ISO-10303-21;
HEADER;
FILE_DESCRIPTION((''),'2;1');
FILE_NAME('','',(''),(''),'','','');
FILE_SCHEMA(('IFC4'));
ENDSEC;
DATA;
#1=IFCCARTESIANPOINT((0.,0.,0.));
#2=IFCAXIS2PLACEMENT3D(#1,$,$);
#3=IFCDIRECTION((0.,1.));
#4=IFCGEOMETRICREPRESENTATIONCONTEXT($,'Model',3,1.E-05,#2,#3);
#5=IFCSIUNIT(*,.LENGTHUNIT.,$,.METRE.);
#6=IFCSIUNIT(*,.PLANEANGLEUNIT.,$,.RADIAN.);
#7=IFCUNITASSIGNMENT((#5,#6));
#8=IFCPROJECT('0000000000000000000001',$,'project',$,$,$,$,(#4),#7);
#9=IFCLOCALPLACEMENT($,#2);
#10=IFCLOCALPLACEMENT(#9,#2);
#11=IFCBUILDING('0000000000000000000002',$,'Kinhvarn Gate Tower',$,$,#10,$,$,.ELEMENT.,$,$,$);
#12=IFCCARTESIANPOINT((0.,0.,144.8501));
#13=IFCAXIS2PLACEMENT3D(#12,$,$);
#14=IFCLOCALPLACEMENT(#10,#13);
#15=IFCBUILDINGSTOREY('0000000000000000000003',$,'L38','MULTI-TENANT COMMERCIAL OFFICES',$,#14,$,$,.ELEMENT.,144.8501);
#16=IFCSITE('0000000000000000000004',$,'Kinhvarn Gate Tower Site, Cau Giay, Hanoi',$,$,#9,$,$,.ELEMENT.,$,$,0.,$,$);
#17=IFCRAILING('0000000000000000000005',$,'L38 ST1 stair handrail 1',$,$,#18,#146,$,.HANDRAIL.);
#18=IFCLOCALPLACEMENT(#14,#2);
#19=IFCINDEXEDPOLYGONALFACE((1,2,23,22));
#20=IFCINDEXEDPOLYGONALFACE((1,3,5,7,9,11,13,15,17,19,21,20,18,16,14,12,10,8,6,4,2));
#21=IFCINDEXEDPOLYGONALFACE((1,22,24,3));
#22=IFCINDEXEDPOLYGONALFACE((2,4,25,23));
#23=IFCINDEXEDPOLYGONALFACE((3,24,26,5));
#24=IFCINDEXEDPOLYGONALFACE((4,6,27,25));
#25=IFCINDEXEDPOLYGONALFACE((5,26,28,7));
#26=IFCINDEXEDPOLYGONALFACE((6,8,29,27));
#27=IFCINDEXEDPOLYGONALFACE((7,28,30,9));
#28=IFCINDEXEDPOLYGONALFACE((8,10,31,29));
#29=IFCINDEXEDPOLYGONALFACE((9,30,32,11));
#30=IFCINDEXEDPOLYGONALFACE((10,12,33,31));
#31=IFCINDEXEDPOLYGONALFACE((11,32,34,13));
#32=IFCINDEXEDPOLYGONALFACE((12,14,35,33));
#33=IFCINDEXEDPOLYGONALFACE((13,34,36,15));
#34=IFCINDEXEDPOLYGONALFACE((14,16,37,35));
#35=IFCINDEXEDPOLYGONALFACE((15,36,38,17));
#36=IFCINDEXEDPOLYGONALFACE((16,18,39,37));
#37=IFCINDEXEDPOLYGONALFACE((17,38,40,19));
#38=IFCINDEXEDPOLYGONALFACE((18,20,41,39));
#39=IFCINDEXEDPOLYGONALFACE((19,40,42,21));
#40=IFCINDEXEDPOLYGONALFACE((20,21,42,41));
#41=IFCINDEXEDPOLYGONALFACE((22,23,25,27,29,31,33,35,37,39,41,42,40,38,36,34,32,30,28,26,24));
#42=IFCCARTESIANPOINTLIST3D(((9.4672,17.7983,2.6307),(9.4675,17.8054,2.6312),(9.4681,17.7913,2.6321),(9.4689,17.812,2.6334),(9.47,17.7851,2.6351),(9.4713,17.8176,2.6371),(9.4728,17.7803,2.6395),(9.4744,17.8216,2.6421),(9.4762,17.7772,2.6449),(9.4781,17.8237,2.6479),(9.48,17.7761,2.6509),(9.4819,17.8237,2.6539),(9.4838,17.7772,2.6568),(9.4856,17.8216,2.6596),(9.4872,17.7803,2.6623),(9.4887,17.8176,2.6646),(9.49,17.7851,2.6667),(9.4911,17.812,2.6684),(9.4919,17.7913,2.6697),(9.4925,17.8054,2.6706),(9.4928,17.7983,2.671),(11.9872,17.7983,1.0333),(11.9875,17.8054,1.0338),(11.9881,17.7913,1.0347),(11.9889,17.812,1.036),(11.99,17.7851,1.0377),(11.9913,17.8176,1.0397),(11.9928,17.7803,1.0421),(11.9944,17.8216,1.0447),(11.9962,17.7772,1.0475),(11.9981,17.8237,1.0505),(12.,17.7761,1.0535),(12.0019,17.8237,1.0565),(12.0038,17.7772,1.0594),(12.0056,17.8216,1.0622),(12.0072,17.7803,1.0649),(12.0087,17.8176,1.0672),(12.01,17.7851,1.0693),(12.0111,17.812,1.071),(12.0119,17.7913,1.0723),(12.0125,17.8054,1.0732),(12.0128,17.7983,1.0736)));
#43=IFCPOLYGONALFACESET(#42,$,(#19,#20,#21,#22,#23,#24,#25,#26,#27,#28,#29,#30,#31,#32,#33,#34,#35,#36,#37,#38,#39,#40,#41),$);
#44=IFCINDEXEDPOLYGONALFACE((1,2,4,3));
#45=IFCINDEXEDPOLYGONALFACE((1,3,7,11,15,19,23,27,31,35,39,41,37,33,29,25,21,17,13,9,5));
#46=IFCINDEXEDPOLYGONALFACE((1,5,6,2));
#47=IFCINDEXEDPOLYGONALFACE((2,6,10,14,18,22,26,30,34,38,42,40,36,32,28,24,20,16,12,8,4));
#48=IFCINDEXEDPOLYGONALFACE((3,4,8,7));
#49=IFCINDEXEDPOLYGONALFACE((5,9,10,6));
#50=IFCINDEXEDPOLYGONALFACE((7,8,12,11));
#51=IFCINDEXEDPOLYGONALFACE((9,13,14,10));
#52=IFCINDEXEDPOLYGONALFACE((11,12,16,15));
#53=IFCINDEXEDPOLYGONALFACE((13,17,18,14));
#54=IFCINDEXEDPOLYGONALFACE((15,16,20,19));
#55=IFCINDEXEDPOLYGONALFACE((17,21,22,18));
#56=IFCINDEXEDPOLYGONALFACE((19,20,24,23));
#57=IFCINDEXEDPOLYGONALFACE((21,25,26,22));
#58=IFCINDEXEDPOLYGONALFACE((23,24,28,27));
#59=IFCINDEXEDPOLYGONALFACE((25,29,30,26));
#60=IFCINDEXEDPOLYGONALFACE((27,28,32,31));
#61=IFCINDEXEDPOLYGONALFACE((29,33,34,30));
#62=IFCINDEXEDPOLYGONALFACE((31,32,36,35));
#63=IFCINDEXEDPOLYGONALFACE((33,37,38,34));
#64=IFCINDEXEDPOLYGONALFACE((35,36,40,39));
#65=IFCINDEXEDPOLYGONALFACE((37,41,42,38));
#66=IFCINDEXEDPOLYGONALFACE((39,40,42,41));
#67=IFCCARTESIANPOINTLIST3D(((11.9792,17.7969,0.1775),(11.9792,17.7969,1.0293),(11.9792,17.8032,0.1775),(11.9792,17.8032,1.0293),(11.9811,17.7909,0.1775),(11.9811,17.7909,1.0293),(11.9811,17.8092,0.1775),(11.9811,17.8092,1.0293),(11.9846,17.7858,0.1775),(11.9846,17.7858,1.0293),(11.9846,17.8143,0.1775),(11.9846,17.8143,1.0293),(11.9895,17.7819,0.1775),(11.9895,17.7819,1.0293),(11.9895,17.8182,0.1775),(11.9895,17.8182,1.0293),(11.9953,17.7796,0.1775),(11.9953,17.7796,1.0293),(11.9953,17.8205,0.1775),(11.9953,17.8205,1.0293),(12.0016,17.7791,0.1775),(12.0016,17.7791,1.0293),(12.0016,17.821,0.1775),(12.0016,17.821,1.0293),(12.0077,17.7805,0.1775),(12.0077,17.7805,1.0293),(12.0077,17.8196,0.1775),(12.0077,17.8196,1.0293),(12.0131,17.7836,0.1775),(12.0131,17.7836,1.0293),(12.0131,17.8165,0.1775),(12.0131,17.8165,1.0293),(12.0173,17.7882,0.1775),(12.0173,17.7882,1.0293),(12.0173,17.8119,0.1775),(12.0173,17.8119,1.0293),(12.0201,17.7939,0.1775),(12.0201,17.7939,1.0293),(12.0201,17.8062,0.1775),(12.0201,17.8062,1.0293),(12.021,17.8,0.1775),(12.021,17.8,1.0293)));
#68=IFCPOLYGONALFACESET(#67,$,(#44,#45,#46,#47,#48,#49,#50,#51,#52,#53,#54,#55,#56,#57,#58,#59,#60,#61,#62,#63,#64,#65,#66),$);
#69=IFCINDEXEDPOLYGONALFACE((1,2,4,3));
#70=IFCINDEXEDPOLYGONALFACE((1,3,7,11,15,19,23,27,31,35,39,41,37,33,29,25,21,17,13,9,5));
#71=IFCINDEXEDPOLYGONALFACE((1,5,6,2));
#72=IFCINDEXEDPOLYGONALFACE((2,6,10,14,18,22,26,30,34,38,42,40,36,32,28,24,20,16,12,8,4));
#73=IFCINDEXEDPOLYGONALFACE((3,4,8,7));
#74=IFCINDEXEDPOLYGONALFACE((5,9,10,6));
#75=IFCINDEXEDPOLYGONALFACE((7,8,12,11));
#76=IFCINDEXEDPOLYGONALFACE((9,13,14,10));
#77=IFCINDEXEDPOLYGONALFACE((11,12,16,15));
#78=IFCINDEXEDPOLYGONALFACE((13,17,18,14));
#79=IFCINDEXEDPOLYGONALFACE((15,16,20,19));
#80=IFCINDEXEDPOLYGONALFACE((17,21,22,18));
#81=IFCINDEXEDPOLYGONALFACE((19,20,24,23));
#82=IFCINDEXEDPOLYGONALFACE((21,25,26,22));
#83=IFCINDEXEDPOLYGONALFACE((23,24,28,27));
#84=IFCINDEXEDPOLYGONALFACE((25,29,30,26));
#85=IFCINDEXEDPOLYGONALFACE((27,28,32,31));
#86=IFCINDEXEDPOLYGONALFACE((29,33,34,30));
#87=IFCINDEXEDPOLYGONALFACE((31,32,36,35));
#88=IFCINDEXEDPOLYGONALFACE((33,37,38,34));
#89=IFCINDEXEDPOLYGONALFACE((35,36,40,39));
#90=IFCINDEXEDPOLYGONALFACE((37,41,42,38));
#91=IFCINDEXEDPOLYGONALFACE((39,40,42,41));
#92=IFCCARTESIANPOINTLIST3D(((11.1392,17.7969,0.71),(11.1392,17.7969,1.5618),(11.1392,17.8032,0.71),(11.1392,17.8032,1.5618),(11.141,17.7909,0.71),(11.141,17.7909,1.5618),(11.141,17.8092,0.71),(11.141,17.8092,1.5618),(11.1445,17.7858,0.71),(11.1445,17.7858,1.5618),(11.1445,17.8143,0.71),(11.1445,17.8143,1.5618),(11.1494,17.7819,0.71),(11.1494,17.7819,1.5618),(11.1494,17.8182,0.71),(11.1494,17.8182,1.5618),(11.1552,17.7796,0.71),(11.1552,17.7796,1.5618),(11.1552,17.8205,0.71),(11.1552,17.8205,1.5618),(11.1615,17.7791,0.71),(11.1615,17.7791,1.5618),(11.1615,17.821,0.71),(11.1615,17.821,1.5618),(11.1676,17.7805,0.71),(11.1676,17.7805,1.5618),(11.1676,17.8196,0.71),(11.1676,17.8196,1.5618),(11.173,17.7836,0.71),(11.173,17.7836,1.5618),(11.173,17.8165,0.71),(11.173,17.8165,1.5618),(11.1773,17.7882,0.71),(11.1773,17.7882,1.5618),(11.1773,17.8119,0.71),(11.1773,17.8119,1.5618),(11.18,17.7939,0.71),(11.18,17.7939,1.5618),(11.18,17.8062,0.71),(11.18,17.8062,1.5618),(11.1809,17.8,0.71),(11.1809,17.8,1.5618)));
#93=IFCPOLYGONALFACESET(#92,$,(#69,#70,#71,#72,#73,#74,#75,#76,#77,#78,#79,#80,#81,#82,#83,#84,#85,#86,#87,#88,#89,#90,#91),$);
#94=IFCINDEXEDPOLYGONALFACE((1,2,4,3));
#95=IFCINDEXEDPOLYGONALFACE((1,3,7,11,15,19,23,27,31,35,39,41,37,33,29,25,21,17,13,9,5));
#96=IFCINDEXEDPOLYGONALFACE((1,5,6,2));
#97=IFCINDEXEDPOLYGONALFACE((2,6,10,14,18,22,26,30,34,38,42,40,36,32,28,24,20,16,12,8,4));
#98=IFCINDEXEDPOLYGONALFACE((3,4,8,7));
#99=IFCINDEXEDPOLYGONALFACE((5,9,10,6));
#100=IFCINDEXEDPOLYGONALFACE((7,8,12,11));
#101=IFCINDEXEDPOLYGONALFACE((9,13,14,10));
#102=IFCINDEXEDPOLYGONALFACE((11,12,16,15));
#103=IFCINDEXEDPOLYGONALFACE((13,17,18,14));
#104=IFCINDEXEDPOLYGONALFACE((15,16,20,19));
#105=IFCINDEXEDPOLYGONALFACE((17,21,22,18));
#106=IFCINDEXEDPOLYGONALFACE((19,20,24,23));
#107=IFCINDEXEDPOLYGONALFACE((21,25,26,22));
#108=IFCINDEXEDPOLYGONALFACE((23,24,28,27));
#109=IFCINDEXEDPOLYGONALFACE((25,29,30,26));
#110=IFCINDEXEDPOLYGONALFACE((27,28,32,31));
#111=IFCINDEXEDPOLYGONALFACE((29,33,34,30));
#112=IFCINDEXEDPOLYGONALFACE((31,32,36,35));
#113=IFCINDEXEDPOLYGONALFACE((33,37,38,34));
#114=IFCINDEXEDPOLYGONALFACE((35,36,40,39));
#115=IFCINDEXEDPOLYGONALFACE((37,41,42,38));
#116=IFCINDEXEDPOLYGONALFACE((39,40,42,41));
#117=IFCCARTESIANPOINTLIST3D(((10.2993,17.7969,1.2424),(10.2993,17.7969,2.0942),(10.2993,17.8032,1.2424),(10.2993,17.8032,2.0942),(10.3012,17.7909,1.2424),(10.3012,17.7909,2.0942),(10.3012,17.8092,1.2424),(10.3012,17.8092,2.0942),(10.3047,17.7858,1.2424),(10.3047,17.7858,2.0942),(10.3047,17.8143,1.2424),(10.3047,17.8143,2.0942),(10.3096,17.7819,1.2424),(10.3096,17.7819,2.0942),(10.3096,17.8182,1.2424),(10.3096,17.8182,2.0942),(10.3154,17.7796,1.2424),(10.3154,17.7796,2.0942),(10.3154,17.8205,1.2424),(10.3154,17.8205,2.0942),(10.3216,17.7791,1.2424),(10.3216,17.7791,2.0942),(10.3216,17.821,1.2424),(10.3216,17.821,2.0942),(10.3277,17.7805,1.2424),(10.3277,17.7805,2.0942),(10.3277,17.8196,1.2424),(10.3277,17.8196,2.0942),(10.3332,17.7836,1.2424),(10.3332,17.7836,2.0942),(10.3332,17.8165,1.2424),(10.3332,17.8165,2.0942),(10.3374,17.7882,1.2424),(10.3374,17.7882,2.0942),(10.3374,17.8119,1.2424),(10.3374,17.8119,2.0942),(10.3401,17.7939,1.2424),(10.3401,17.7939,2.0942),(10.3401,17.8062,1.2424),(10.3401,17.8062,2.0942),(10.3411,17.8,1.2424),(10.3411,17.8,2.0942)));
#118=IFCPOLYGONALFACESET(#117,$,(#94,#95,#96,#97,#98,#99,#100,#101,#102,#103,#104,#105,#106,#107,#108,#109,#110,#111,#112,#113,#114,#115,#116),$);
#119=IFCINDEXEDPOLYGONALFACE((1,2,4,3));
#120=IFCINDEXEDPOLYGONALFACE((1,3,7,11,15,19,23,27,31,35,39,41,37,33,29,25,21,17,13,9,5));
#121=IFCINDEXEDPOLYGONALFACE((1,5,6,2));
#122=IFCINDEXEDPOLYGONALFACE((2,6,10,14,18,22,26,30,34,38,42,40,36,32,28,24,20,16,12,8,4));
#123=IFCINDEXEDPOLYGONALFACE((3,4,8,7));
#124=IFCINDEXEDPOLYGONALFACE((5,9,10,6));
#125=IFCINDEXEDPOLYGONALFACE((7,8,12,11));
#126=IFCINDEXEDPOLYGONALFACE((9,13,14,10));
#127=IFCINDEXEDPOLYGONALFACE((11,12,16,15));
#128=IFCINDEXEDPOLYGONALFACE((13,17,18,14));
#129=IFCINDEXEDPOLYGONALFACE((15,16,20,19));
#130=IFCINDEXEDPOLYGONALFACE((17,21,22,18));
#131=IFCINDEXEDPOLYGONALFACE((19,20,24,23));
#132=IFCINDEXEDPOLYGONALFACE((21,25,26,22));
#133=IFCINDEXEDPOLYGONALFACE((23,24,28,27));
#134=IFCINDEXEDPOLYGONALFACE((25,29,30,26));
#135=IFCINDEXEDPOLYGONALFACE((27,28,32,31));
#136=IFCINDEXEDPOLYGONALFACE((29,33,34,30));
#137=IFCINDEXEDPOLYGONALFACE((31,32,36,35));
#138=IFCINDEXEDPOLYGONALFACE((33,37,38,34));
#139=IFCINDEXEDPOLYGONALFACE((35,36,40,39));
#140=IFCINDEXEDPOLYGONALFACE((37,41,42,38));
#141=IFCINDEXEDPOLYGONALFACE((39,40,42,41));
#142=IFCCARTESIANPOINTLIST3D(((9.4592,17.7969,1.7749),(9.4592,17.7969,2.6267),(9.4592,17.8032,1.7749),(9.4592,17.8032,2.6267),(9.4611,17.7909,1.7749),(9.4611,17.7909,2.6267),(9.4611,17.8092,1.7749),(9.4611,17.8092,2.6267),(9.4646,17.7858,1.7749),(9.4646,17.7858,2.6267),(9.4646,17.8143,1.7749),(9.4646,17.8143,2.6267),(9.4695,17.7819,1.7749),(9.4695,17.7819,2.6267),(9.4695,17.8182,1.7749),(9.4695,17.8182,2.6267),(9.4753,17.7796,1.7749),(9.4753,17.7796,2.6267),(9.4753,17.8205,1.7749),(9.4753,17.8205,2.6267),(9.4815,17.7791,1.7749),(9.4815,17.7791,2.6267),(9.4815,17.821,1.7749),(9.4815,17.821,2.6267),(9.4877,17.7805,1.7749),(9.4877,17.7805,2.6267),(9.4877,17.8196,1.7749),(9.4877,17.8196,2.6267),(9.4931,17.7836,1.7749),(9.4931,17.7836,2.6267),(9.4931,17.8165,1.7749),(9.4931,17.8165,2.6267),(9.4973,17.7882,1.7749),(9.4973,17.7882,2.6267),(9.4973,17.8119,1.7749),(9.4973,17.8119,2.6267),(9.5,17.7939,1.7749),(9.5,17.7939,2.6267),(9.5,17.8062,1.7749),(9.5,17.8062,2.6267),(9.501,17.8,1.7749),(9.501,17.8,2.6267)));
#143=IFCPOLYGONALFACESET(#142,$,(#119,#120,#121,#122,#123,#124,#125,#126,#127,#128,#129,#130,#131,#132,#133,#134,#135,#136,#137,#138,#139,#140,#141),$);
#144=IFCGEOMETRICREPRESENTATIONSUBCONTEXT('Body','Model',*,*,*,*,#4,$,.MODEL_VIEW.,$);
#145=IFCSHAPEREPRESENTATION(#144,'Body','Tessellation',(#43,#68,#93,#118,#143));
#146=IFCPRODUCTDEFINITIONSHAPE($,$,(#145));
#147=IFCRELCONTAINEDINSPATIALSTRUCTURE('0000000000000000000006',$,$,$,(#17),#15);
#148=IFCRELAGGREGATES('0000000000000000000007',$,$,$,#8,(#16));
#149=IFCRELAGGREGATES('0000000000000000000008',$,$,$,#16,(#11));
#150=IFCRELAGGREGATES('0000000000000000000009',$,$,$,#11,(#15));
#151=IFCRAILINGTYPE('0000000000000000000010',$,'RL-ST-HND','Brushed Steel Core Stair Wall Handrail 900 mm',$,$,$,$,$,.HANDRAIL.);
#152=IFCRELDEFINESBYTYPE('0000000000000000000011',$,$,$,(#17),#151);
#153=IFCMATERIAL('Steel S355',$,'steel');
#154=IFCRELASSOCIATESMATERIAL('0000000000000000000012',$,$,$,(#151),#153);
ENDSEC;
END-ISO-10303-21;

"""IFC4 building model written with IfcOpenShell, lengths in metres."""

from ifc_helpers import new_model, si_unit, direction, frame, origin, origin_2d, place, context, subcontext, project, spatial, circle, extrude, material, type_object, element, save


model = new_model("IFC4")

# Units and contexts
model_context = context("Model", 3, precision=1e-05, world=origin(), true_north=direction((0.0, 1.0)))
body_context = subcontext(model_context, "Body", "Model", "MODEL_VIEW")
ifc_project = project(units=[si_unit("LENGTHUNIT", "METRE"), si_unit("PLANEANGLEUNIT", "RADIAN")], contexts=[model_context])

# Site, building, storey
site_placement = place(None, origin())
site = spatial("IfcSite", under=ifc_project, at=site_placement, Name="Kinhvarn Gate Tower Site, Cau Giay, Hanoi", CompositionType="ELEMENT", RefElevation=0.0)
building_placement = place(site_placement, origin())
building = spatial("IfcBuilding", under=site, at=building_placement, Name="Kinhvarn Gate Tower", CompositionType="ELEMENT")
storey_placement = place(building_placement, frame((0.0, 0.0, 144.8501)))
storey = spatial("IfcBuildingStorey", under=building, at=storey_placement, Name="L38", Description="MULTI-TENANT COMMERCIAL OFFICES", CompositionType="ELEMENT", Elevation=144.8501)

# Shared definitions
ifc_material_1 = material(Name="Steel S355", Category="steel")

# Railing
railing_type_1 = type_object("IfcRailingType", Name="RL-ST-HND", Description="Brushed Steel Core Stair Wall Handrail 900 mm", PredefinedType="HANDRAIL", material=ifc_material_1)
railing_1_placement = place(storey_placement, frame((12.0, 17.8, 0.1775)))
element("IfcRailing", 1, at=railing_1_placement, inside=storey, type_object=railing_type_1, Name="L38 ST1 stair handrail 1", PredefinedType="HANDRAIL", context=body_context, shape_type="SweptSolid", body=[
    extrude(circle(Radius=0.0239, at=origin_2d()), frame((0.0, 0.0, 0.876), z_axis=(-0.844607, 0.0, 0.535387), x_axis=(0.0, -1.0, 0.0)), (0.0, 0.0, 1.0), 2.9836),
    extrude(circle(Radius=0.021, at=origin_2d()), origin(), (0.0, 0.0, 1.0), 0.8518),
    extrude(circle(Radius=0.021, at=origin_2d()), frame((-0.8401, 0.0, 0.5325)), (0.0, 0.0, 1.0), 0.8518),
    extrude(circle(Radius=0.021, at=origin_2d()), frame((-1.6799, 0.0, 1.0649)), (0.0, 0.0, 1.0), 0.8518),
    extrude(circle(Radius=0.021, at=origin_2d()), frame((-2.52, 0.0, 1.5974)), (0.0, 0.0, 1.0), 0.8518),
])

save(model, "model.ifc")
